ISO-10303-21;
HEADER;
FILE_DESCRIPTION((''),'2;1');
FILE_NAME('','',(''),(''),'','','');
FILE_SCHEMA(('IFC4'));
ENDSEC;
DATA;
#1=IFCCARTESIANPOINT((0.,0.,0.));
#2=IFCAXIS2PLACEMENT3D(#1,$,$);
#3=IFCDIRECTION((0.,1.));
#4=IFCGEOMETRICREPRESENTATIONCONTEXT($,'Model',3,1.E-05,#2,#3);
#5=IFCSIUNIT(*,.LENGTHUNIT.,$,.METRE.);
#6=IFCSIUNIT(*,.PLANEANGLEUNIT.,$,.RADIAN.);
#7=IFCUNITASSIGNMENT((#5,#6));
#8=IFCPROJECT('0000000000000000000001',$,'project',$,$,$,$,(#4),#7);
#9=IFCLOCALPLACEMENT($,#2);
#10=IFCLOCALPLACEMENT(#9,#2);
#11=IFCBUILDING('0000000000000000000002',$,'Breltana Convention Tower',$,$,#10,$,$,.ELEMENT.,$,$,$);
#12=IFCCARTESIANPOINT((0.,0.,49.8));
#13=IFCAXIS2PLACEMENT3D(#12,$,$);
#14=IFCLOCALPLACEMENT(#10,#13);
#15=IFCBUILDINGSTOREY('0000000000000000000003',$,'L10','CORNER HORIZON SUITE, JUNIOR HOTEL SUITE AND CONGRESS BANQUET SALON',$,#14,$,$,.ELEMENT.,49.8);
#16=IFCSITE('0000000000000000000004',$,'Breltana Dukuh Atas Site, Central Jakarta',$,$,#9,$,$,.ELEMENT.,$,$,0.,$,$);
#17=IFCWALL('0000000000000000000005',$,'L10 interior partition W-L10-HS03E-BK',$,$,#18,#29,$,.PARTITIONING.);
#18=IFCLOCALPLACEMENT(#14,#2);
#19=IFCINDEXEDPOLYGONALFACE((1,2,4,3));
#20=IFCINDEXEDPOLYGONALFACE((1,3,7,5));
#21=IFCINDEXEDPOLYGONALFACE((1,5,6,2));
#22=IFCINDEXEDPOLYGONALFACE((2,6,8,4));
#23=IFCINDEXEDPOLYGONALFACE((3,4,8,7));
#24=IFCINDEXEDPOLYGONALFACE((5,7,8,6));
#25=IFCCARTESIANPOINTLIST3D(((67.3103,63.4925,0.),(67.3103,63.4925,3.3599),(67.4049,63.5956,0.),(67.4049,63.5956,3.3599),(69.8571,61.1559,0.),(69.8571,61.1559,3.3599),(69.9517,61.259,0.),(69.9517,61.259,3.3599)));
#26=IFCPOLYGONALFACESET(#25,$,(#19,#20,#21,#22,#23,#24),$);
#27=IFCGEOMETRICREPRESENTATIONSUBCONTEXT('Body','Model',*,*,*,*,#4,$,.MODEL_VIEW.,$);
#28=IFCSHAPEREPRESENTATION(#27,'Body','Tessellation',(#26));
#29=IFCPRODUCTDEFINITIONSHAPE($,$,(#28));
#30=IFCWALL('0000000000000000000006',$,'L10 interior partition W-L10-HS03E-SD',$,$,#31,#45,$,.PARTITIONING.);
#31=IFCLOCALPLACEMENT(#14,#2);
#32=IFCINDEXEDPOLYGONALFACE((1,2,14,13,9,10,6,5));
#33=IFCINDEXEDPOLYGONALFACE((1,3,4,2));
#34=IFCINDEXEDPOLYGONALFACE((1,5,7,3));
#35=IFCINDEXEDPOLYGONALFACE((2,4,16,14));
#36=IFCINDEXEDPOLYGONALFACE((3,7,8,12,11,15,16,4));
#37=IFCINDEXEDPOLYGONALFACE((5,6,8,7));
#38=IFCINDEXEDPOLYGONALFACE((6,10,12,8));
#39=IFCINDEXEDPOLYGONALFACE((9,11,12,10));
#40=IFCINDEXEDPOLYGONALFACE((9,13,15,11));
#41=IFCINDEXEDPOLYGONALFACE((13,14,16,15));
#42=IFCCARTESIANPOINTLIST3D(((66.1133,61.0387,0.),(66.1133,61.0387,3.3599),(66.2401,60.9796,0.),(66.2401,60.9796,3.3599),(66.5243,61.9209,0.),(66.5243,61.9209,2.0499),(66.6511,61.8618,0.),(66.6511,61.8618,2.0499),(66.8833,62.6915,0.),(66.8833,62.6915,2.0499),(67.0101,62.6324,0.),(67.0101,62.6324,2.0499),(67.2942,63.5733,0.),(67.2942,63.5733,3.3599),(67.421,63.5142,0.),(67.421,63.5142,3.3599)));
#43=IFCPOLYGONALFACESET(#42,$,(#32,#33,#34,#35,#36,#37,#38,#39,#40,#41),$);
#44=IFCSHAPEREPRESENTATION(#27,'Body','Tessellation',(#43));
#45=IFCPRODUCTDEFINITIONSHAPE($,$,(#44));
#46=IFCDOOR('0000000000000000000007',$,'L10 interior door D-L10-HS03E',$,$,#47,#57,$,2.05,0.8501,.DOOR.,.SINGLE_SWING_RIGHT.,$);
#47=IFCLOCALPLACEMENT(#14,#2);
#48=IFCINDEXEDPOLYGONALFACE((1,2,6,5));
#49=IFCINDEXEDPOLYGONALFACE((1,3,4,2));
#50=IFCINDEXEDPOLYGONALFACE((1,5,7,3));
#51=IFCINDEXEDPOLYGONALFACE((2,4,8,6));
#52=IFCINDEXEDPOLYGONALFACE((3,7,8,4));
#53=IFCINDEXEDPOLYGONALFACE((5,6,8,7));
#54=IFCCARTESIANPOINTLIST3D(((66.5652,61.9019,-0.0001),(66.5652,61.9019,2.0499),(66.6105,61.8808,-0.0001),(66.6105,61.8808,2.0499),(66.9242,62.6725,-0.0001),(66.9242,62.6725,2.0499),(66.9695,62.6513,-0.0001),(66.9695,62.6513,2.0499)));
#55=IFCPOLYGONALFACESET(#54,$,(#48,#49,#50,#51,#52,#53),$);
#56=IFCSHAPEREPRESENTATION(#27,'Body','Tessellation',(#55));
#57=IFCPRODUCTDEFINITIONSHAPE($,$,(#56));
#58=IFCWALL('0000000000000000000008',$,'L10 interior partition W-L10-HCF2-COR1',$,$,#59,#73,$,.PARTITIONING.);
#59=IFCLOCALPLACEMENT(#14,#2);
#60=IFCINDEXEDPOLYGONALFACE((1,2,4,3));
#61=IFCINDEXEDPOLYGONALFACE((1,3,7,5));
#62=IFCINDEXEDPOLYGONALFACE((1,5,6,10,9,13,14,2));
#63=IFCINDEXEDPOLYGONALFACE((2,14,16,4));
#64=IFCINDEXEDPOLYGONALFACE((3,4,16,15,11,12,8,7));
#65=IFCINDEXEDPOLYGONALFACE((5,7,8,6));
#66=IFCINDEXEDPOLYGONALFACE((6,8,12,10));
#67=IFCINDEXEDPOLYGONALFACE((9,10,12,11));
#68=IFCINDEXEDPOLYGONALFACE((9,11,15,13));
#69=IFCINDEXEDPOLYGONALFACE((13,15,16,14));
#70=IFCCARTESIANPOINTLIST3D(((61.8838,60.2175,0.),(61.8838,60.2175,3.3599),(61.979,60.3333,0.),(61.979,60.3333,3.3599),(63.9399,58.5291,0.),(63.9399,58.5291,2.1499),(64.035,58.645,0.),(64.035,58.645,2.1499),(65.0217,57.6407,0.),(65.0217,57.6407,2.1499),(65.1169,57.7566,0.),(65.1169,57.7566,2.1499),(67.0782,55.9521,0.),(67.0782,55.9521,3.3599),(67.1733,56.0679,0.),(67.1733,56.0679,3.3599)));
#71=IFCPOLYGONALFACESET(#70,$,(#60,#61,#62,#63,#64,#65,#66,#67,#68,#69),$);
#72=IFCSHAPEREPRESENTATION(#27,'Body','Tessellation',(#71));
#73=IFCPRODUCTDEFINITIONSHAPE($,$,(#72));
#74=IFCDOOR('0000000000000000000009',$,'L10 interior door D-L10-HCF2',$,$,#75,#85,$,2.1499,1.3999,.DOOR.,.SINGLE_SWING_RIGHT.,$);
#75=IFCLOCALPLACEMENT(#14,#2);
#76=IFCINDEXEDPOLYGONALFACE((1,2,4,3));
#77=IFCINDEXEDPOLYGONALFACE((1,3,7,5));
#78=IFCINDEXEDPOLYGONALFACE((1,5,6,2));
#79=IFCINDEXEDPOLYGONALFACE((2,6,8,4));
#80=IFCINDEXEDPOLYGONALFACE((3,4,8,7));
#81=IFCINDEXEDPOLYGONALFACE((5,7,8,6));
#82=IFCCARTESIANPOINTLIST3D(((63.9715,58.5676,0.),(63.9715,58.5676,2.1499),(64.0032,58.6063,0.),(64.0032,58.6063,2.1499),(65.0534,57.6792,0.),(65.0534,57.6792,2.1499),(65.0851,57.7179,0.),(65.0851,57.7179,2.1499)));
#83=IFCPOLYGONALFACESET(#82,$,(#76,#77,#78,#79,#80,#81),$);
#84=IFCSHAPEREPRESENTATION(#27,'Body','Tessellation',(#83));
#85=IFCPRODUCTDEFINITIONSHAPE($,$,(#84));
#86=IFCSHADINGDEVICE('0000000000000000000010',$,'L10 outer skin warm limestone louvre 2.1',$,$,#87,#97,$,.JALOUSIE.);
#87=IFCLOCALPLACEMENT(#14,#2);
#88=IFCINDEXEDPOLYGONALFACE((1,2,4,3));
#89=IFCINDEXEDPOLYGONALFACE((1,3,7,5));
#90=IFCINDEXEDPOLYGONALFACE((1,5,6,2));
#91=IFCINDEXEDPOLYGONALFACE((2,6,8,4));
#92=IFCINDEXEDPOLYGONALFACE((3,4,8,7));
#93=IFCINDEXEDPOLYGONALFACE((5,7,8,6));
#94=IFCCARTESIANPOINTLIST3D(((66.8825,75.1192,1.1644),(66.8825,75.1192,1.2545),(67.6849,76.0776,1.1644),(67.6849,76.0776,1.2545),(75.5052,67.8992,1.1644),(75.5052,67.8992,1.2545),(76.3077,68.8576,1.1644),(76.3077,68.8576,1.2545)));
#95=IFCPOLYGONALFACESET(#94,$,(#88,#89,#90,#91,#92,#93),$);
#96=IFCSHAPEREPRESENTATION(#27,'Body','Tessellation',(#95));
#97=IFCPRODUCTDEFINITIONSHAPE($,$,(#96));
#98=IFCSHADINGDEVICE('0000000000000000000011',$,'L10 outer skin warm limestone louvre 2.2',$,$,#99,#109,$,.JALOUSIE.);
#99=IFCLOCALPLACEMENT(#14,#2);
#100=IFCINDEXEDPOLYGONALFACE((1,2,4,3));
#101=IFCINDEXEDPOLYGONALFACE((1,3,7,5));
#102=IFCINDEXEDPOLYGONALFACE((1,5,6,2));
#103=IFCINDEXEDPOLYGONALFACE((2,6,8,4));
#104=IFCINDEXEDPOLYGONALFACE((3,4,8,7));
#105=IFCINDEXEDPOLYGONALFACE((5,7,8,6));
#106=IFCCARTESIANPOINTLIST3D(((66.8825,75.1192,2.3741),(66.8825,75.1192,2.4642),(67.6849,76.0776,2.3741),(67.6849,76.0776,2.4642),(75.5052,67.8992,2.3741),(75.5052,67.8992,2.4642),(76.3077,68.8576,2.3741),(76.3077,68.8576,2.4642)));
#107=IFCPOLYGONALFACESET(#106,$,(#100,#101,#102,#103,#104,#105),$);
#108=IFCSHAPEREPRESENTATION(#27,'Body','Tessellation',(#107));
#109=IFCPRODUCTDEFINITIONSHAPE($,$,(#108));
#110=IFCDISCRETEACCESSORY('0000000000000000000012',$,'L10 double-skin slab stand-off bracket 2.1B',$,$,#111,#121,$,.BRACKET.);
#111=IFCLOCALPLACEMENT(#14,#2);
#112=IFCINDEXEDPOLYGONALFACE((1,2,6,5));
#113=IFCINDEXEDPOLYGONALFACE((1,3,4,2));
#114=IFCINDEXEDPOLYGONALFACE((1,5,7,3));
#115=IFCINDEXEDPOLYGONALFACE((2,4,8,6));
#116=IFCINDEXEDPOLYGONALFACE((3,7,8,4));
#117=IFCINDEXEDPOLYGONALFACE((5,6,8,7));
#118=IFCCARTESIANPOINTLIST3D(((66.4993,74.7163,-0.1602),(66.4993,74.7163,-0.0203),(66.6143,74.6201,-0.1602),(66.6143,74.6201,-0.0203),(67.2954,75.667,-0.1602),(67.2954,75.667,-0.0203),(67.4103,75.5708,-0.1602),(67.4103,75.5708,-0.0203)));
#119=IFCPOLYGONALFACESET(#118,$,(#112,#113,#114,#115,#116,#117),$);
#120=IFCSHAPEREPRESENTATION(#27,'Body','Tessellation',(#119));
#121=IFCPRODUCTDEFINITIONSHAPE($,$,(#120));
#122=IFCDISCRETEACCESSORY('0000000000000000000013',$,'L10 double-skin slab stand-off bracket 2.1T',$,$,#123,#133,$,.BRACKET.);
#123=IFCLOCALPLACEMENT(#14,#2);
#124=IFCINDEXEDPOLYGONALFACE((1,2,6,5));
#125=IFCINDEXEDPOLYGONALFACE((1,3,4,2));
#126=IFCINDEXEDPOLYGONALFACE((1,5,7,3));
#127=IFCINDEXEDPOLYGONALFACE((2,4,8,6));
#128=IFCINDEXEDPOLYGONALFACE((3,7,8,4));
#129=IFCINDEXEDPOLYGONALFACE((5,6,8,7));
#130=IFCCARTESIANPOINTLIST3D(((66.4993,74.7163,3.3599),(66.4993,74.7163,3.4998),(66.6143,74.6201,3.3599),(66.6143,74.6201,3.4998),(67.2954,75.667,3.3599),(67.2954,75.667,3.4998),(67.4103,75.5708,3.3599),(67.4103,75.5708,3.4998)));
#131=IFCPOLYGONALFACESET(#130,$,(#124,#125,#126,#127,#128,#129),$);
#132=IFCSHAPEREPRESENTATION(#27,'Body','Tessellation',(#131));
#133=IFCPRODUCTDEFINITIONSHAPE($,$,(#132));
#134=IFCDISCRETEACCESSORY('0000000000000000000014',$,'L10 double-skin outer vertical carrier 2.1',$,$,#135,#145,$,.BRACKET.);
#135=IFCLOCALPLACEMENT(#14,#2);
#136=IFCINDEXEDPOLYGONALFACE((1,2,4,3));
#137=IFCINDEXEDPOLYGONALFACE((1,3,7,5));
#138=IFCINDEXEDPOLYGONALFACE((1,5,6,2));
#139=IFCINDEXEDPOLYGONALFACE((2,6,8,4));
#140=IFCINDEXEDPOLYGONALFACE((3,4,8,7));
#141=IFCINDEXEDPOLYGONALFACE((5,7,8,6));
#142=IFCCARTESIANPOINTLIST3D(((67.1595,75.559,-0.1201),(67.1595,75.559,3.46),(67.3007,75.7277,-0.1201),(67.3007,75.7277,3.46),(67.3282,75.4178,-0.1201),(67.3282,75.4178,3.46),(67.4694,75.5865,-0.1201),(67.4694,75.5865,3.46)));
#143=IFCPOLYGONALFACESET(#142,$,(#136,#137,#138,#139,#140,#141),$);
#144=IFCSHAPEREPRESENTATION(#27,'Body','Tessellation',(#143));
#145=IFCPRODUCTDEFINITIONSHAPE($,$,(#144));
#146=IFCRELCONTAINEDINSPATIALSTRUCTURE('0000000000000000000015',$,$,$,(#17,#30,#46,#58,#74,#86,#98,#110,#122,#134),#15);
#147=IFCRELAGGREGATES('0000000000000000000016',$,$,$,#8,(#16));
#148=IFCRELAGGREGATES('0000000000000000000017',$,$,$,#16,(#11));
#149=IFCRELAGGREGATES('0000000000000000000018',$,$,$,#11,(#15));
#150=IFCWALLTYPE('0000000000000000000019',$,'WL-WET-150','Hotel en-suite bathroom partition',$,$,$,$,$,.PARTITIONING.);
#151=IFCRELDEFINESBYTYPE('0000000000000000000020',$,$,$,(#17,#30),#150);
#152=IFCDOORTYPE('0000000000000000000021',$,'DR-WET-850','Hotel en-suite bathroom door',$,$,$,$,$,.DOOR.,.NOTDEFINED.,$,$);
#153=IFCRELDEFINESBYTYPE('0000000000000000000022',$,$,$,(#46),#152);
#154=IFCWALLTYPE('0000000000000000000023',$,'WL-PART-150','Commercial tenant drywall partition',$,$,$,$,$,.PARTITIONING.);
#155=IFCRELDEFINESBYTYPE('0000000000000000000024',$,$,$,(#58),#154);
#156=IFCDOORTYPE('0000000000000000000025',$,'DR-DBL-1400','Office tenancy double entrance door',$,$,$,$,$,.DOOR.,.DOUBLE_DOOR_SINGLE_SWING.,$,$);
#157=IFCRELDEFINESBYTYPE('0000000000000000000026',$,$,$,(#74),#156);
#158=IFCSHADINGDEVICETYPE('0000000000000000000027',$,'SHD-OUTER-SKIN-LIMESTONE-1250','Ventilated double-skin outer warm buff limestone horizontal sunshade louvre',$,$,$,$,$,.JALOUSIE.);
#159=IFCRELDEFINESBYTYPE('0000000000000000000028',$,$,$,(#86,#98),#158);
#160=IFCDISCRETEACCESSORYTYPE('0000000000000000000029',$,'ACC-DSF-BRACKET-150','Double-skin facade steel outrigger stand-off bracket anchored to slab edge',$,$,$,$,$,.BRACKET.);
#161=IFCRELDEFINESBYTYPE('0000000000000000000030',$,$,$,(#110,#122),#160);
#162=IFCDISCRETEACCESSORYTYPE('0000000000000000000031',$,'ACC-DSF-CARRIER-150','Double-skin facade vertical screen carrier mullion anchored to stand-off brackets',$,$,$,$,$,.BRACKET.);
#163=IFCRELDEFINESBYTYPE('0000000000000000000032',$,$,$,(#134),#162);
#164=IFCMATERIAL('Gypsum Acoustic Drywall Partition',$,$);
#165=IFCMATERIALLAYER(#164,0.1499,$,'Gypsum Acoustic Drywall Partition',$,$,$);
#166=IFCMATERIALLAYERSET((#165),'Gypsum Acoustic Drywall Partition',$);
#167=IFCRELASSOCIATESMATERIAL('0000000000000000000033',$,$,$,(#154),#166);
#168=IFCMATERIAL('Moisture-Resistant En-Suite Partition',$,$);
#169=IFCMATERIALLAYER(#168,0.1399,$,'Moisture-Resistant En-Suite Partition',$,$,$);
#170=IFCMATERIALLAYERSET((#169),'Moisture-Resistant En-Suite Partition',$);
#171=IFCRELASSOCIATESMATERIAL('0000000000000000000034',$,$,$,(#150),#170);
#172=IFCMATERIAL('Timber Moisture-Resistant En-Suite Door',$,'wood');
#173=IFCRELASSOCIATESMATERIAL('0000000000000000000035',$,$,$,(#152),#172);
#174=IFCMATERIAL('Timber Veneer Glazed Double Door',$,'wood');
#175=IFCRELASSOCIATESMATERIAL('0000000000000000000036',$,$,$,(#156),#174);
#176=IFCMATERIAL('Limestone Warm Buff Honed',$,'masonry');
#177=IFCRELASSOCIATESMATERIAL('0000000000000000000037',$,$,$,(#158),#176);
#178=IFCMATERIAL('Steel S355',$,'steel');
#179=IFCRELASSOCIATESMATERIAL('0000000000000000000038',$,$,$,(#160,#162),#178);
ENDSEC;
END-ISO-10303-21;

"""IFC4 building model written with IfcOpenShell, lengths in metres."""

from ifc_helpers import new_model, si_unit, direction, frame, frame_2d, origin, origin_2d, place, context, subcontext, project, spatial, rectangle, extrude, source, transform, mapped, material, layer, layer_set, material_profile, profile_set, type_object, type_shapes, element, fill, save


model = new_model("IFC4")

# Units and contexts
model_context = context("Model", 3, precision=1e-05, world=origin(), true_north=direction((0.0, 1.0)))
body_context = subcontext(model_context, "Body", "Model", "MODEL_VIEW")
ifc_project = project(units=[si_unit("LENGTHUNIT", "METRE"), si_unit("PLANEANGLEUNIT", "RADIAN")], contexts=[model_context])

# Site, building, storey
site_placement = place(None, origin())
site = spatial("IfcSite", under=ifc_project, at=site_placement, Name="Breltana Dukuh Atas Site, Central Jakarta", CompositionType="ELEMENT", RefElevation=0.0)
building_placement = place(site_placement, origin())
building = spatial("IfcBuilding", under=site, at=building_placement, Name="Breltana Convention Tower", CompositionType="ELEMENT")
storey_placement = place(building_placement, frame((0.0, 0.0, 49.8)))
storey = spatial("IfcBuildingStorey", under=building, at=storey_placement, Name="L10", Description="CORNER HORIZON SUITE, JUNIOR HOTEL SUITE AND CONGRESS BANQUET SALON", CompositionType="ELEMENT", Elevation=49.8)

# Shared definitions
ifc_material_1 = material(Name="Gypsum Acoustic Drywall Partition")
ifc_layer_1 = layer(ifc_material_1, 0.1499, Name="Gypsum Acoustic Drywall Partition")
ifc_layer_set_1 = layer_set([ifc_layer_1], Name="Gypsum Acoustic Drywall Partition")
wall_type_1 = type_object("IfcWallType", Name="WL-PART-150", Description="Commercial tenant drywall partition", PredefinedType="PARTITIONING", material=ifc_layer_set_1)

# Wall
ifc_material_2 = material(Name="Moisture-Resistant En-Suite Partition")
ifc_layer_2 = layer(ifc_material_2, 0.1399, Name="Moisture-Resistant En-Suite Partition")
ifc_layer_set_2 = layer_set([ifc_layer_2], Name="Moisture-Resistant En-Suite Partition")
wall_type_2 = type_object("IfcWallType", Name="WL-WET-150", Description="Hotel en-suite bathroom partition", PredefinedType="PARTITIONING", material=ifc_layer_set_2)
shared_shape_1 = source(origin(), body_context, "Body", "SweptSolid", [
    extrude(rectangle(XDim=3.4563, YDim=0.1399, at=frame_2d((1.728, 0.0))), origin(), (0.0, 0.0, 1.0), 3.3599),
])
wall_1_placement = place(storey_placement, frame((67.3577, 63.5439, 0.0), z_axis=(0.0, 0.0, 1.0), x_axis=(0.736861, -0.676044, 0.0)))
element("IfcWall", 1, at=wall_1_placement, inside=storey, type_object=wall_type_2, Name="L10 interior partition W-L10-HS03E-BK", PredefinedType="PARTITIONING", context=body_context, shape_type="MappedRepresentation", body=[
    mapped(shared_shape_1, transform((0.0, 0.0, 0.0), scale=1.0)),
])

# Walls, openings, doors
shared_shape_2 = source(origin(), body_context, "Body", "SweptSolid", [
    extrude(rectangle(XDim=2.7961, YDim=0.1399, at=frame_2d((1.3979, 0.0))), origin(), (0.0, 0.0, 1.0), 3.3599),
])
wall_2_placement = place(storey_placement, frame((66.1768, 61.0093, 0.0), z_axis=(0.0, 0.0, 1.0), x_axis=(0.422317, 0.906448, 0.0)))
wall_2 = element("IfcWall", 2, at=wall_2_placement, inside=storey, type_object=wall_type_2, Name="L10 interior partition W-L10-HS03E-SD", PredefinedType="PARTITIONING", context=body_context, shape_type="MappedRepresentation", body=[
    mapped(shared_shape_2, transform((0.0, 0.0, 0.0), scale=1.0)),
])
opening_1_placement = place(wall_2_placement, frame((0.9731, 0.0, 0.0)))
opening_1 = element("IfcOpeningElement", 3, at=opening_1_placement, cuts=wall_2, PredefinedType="OPENING", context=body_context, shape_type="SweptSolid", body=[
    extrude(rectangle(XDim=0.8501, YDim=2.05, at=frame_2d((0.425, 1.0249))), frame((0.0, 0.0801, 0.0), z_axis=(0.0, -1.0, 0.0), x_axis=(1.0, 0.0, 0.0)), (0.0, 0.0, 1.0), 0.1599),
])
ifc_material_3 = material(Name="Timber Moisture-Resistant En-Suite Door", Category="wood")
door_type_1 = type_object("IfcDoorType", Name="DR-WET-850", Description="Hotel en-suite bathroom door", OperationType="NOTDEFINED", PredefinedType="DOOR", material=ifc_material_3)
shared_shape_3 = source(origin(), body_context, "Body", "SweptSolid", [
    extrude(rectangle(XDim=0.8501, YDim=2.05, at=frame_2d((0.425, 1.0249))), frame((0.0, 0.0249, 0.0), z_axis=(0.0, -1.0, 0.0), x_axis=(1.0, 0.0, 0.0)), (0.0, 0.0, 1.0), 0.05),
])
type_shapes(door_type_1, [shared_shape_3])
door_1_placement = place(opening_1_placement, origin())
door_1 = element("IfcDoor", 4, at=door_1_placement, inside=storey, type_object=door_type_1, Name="L10 interior door D-L10-HS03E", OperationType="SINGLE_SWING_RIGHT", OverallHeight=2.05, OverallWidth=0.8501, PredefinedType="DOOR", context=body_context, shape_type="MappedRepresentation", body=[
    mapped(shared_shape_3, transform((0.0, 0.0, 0.0), scale=1.0)),
])
fill(opening_1, door_1)
shared_shape_4 = source(origin(), body_context, "Body", "SweptSolid", [
    extrude(rectangle(XDim=6.7212, YDim=0.1499, at=frame_2d((3.3606, 0.0))), origin(), (0.0, 0.0, 1.0), 3.3599),
])
wall_3_placement = place(storey_placement, frame((61.9314, 60.2754, 0.0), z_axis=(0.0, 0.0, 1.0), x_axis=(0.772828, -0.634615, 0.0)))
wall_3 = element("IfcWall", 5, at=wall_3_placement, inside=storey, type_object=wall_type_1, Name="L10 interior partition W-L10-HCF2-COR1", PredefinedType="PARTITIONING", context=body_context, shape_type="MappedRepresentation", body=[
    mapped(shared_shape_4, transform((0.0, 0.0, 0.0), scale=1.0)),
])
opening_2_placement = place(wall_3_placement, frame((2.6604, 0.0, 0.0)))
opening_2 = element("IfcOpeningElement", 6, at=opening_2_placement, cuts=wall_3, PredefinedType="OPENING", context=body_context, shape_type="SweptSolid", body=[
    extrude(rectangle(XDim=1.3999, YDim=2.1499, at=frame_2d((0.7, 1.075))), frame((0.0, 0.085, 0.0), z_axis=(0.0, -1.0, 0.0), x_axis=(1.0, 0.0, 0.0)), (0.0, 0.0, 1.0), 0.1699),
])
ifc_material_4 = material(Name="Timber Veneer Glazed Double Door", Category="wood")
door_type_2 = type_object("IfcDoorType", Name="DR-DBL-1400", Description="Office tenancy double entrance door", OperationType="DOUBLE_DOOR_SINGLE_SWING", PredefinedType="DOOR", material=ifc_material_4)
shared_shape_5 = source(origin(), body_context, "Body", "SweptSolid", [
    extrude(rectangle(XDim=1.3999, YDim=2.1499, at=frame_2d((0.7, 1.075))), frame((0.0, 0.0249, 0.0), z_axis=(0.0, -1.0, 0.0), x_axis=(1.0, 0.0, 0.0)), (0.0, 0.0, 1.0), 0.05),
])
type_shapes(door_type_2, [shared_shape_5])
door_2_placement = place(opening_2_placement, origin())
door_2 = element("IfcDoor", 7, at=door_2_placement, inside=storey, type_object=door_type_2, Name="L10 interior door D-L10-HCF2", OperationType="SINGLE_SWING_RIGHT", OverallHeight=2.1499, OverallWidth=1.3999, PredefinedType="DOOR", context=body_context, shape_type="MappedRepresentation", body=[
    mapped(shared_shape_5, transform((0.0, 0.0, 0.0), scale=1.0)),
])
fill(opening_2, door_2)

# Shading devices
ifc_material_5 = material(Name="Limestone Warm Buff Honed", Category="masonry")
ifc_material_profile_1 = material_profile(ifc_material_5, rectangle(XDim=1.25, YDim=0.0901, at=origin_2d()), Name="STN-LVR-1250X90")
ifc_profile_set_1 = profile_set([ifc_material_profile_1], Name="Limestone Warm Buff Honed")
shading_device_type = type_object("IfcShadingDeviceType", Name="SHD-OUTER-SKIN-LIMESTONE-1250", Description="Ventilated double-skin outer warm buff limestone horizontal sunshade louvre", PredefinedType="JALOUSIE", material=ifc_profile_set_1)
shared_shape_6 = source(origin(), body_context, "Body", "SweptSolid", [
    extrude(rectangle(XDim=1.25, YDim=0.0901, at=origin_2d()), origin(), (0.0, 0.0, 1.0), 11.2463),
])
for number, where, z_axis, x_axis, name in (
    (8, (67.2837, 75.5984, 1.2095), (0.766719, -0.641983, 0.0), (0.641983, 0.766719, 0.0), "L10 outer skin warm limestone louvre 2.1"),
    (9, (67.2837, 75.5984, 2.4192), (0.766719, -0.641983, 0.0), (0.641983, 0.766719, 0.0), "L10 outer skin warm limestone louvre 2.2"),
):
    element("IfcShadingDevice", number, at=place(storey_placement, frame(where, z_axis=z_axis, x_axis=x_axis)), inside=storey, type_object=shading_device_type, Name=name, PredefinedType="JALOUSIE", context=body_context, shape_type="MappedRepresentation", body=[
        mapped(shared_shape_6, transform((0.0, 0.0, 0.0), scale=1.0)),
    ])

# Discrete accessories
ifc_material_6 = material(Name="Steel S355", Category="steel")
discrete_accessory_type_1 = type_object("IfcDiscreteAccessoryType", Name="ACC-DSF-BRACKET-150", Description="Double-skin facade steel outrigger stand-off bracket anchored to slab edge", PredefinedType="BRACKET", material=ifc_material_6)
shared_shape_7 = source(origin(), body_context, "Body", "SweptSolid", [
    extrude(rectangle(XDim=1.24, YDim=0.1499, at=origin_2d()), origin(), (0.0, 0.0, 1.0), 0.1399),
])
type_shapes(discrete_accessory_type_1, [shared_shape_7])
for number, where, z_axis, x_axis, name in (
    (10, (66.9548, 75.1436, -0.1602), (0.0, 0.0, 1.0), (0.64199, 0.766713, 0.0), "L10 double-skin slab stand-off bracket 2.1B"),
    (11, (66.9548, 75.1436, 3.3599), (0.0, 0.0, 1.0), (0.64199, 0.766713, 0.0), "L10 double-skin slab stand-off bracket 2.1T"),
):
    element("IfcDiscreteAccessory", number, at=place(storey_placement, frame(where, z_axis=z_axis, x_axis=x_axis)), inside=storey, type_object=discrete_accessory_type_1, Name=name, PredefinedType="BRACKET", context=body_context, shape_type="MappedRepresentation", body=[
        mapped(shared_shape_7, transform((0.0, 0.0, 0.0), scale=1.0)),
    ])
discrete_accessory_type_2 = type_object("IfcDiscreteAccessoryType", Name="ACC-DSF-CARRIER-150", Description="Double-skin facade vertical screen carrier mullion anchored to stand-off brackets", PredefinedType="BRACKET", material=ifc_material_6)
shared_shape_8 = source(origin(), body_context, "Body", "SweptSolid", [
    extrude(rectangle(XDim=0.22, YDim=0.22, at=origin_2d()), origin(), (0.0, 0.0, 1.0), 3.5801),
])
discrete_accessory_placement = place(storey_placement, frame((67.3145, 75.5728, -0.1201), z_axis=(0.0, 0.0, 1.0), x_axis=(0.64199, 0.766713, 0.0)))
element("IfcDiscreteAccessory", 12, at=discrete_accessory_placement, inside=storey, type_object=discrete_accessory_type_2, Name="L10 double-skin outer vertical carrier 2.1", PredefinedType="BRACKET", context=body_context, shape_type="MappedRepresentation", body=[
    mapped(shared_shape_8, transform((0.0, 0.0, 0.0), scale=1.0)),
])

save(model, "model.ifc")
